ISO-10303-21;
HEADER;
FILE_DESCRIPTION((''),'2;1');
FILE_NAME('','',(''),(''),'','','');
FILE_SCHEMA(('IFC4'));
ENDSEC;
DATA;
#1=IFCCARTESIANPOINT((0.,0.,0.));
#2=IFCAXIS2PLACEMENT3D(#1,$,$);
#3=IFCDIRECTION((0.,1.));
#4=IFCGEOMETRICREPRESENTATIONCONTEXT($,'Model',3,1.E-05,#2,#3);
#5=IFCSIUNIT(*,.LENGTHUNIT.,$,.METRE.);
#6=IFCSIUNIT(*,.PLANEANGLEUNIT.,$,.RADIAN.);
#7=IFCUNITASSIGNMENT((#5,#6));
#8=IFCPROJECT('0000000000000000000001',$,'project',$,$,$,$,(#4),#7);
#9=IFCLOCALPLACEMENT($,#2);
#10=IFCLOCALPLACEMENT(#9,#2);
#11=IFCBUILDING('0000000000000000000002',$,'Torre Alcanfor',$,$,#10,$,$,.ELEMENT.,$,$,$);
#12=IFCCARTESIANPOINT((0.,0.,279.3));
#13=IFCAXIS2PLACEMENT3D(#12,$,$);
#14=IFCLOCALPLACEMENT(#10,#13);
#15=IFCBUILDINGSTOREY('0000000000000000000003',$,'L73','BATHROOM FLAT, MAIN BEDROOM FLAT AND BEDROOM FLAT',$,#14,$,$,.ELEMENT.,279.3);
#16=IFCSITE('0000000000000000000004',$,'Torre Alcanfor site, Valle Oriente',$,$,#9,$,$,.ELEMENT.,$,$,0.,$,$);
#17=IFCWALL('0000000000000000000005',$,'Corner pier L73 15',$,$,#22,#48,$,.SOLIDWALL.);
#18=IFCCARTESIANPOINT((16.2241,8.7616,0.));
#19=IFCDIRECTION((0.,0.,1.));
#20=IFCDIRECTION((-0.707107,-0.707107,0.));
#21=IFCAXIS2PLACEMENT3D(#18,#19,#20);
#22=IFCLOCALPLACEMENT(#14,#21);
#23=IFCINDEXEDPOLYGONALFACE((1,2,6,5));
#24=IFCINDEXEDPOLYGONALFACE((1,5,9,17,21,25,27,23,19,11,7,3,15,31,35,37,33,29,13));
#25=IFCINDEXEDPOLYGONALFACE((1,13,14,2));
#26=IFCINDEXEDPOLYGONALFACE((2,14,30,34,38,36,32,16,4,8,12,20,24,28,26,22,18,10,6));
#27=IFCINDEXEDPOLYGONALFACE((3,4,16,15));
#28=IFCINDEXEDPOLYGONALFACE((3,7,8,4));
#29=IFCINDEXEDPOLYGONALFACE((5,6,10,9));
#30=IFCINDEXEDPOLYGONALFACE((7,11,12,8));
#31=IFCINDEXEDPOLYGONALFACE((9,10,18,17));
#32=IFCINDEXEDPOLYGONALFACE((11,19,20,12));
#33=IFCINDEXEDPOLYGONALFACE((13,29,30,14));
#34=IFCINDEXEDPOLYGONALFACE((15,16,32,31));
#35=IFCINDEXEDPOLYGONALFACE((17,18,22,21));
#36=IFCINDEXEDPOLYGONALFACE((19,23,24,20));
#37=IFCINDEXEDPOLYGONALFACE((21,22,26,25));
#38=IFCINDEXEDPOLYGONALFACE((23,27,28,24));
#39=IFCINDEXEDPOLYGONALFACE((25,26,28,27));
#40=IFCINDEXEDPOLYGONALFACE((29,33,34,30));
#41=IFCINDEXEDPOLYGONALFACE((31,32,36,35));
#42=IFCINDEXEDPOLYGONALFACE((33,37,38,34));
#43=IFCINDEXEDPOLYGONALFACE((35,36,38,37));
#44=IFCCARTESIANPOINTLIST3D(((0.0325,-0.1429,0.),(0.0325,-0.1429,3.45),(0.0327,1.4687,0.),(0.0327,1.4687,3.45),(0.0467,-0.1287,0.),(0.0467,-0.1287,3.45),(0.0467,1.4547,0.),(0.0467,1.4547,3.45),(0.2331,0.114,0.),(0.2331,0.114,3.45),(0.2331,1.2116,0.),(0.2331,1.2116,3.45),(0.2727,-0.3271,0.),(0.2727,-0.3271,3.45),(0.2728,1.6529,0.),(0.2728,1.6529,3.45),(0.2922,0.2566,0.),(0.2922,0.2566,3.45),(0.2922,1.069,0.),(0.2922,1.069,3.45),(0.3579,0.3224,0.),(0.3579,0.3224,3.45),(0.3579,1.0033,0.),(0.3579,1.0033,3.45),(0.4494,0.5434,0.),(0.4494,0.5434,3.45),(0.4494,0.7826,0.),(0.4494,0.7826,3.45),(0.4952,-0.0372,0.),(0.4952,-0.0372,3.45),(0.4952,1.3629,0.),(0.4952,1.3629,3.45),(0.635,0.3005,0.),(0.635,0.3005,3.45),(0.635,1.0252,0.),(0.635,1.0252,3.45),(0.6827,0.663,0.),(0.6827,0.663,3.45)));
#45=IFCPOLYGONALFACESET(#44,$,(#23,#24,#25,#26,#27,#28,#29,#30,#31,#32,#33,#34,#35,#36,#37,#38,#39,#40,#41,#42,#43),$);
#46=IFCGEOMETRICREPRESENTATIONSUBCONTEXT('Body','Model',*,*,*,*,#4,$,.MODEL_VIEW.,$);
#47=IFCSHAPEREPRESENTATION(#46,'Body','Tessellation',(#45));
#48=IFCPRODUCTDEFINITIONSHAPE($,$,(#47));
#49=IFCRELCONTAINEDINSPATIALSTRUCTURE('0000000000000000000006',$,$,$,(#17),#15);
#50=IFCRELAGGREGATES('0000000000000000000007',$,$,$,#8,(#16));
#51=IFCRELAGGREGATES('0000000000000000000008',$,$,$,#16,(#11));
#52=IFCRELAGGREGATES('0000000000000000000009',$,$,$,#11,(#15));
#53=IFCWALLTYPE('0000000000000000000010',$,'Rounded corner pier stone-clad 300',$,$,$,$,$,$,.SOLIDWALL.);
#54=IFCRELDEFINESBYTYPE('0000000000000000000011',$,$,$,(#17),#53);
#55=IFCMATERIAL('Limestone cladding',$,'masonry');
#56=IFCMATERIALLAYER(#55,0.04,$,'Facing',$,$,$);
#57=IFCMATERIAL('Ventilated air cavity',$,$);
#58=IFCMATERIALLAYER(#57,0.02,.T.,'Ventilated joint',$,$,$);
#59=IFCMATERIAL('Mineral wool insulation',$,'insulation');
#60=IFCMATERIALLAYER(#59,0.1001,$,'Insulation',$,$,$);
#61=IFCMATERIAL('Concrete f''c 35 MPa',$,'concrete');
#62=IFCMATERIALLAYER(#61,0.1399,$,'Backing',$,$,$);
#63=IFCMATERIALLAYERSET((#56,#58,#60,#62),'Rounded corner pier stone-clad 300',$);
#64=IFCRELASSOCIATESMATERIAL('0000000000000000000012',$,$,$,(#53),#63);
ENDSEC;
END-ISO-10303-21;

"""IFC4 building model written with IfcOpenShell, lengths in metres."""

from ifc_helpers import new_model, si_unit, direction, frame, origin, place, context, subcontext, project, spatial, polyline, outline, extrude, material, layer, layer_set, type_object, element, save


model = new_model("IFC4")

# Units and contexts
model_context = context("Model", 3, precision=1e-05, world=origin(), true_north=direction((0.0, 1.0)))
body_context = subcontext(model_context, "Body", "Model", "MODEL_VIEW")
ifc_project = project(units=[si_unit("LENGTHUNIT", "METRE"), si_unit("PLANEANGLEUNIT", "RADIAN")], contexts=[model_context])

# Site, building, storey
site_placement = place(None, origin())
site = spatial("IfcSite", under=ifc_project, at=site_placement, Name="Torre Alcanfor site, Valle Oriente", CompositionType="ELEMENT", RefElevation=0.0)
building_placement = place(site_placement, origin())
building = spatial("IfcBuilding", under=site, at=building_placement, Name="Torre Alcanfor", CompositionType="ELEMENT")
storey_placement = place(building_placement, frame((0.0, 0.0, 279.3)))
storey = spatial("IfcBuildingStorey", under=building, at=storey_placement, Name="L73", Description="BATHROOM FLAT, MAIN BEDROOM FLAT AND BEDROOM FLAT", CompositionType="ELEMENT", Elevation=279.3)

# Shared definitions
ifc_material_1 = material(Name="Limestone cladding", Category="masonry")
ifc_material_2 = material(Name="Ventilated air cavity")
ifc_material_3 = material(Name="Mineral wool insulation", Category="insulation")
ifc_material_4 = material(Name="Concrete f'c 35 MPa", Category="concrete")

# Wall
ifc_layer_1 = layer(ifc_material_1, 0.04, Name="Facing")
ifc_layer_2 = layer(ifc_material_2, 0.02, ventilated=True, Name="Ventilated joint")
ifc_layer_3 = layer(ifc_material_3, 0.1001, Name="Insulation")
ifc_layer_4 = layer(ifc_material_4, 0.1399, Name="Backing")
ifc_layer_set_1 = layer_set([ifc_layer_1, ifc_layer_2, ifc_layer_3, ifc_layer_4], Name="Rounded corner pier stone-clad 300")
wall_type_1 = type_object("IfcWallType", Name="Rounded corner pier stone-clad 300", PredefinedType="SOLIDWALL", material=ifc_layer_set_1)
wall_1_placement = place(storey_placement, frame((16.2241, 8.7616, 0.0), z_axis=(0.0, 0.0, 1.0), x_axis=(-0.707107, -0.707107, 0.0)))
element("IfcWall", 1, at=wall_1_placement, inside=storey, type_object=wall_type_1, Name="Corner pier L73 15", PredefinedType="SOLIDWALL", context=body_context, shape_type="SweptSolid", body=[
    extrude(outline(polyline([(0.0327, 1.4687), (0.0467, 1.4547), (0.2331, 1.2116), (0.2922, 1.069), (0.3579, 1.0033), (0.4494, 0.7826), (0.4494, 0.5434), (0.3579, 0.3224), (0.2922, 0.2566), (0.2331, 0.114), (0.0467, -0.1287), (0.0325, -0.1429), (0.2727, -0.3271), (0.4952, -0.0372), (0.635, 0.3005), (0.6827, 0.663), (0.635, 1.0252), (0.4952, 1.3629), (0.2728, 1.6529), (0.0327, 1.4687)])), origin(), (0.0, 0.0, 1.0), 3.45),
])

save(model, "model.ifc")
